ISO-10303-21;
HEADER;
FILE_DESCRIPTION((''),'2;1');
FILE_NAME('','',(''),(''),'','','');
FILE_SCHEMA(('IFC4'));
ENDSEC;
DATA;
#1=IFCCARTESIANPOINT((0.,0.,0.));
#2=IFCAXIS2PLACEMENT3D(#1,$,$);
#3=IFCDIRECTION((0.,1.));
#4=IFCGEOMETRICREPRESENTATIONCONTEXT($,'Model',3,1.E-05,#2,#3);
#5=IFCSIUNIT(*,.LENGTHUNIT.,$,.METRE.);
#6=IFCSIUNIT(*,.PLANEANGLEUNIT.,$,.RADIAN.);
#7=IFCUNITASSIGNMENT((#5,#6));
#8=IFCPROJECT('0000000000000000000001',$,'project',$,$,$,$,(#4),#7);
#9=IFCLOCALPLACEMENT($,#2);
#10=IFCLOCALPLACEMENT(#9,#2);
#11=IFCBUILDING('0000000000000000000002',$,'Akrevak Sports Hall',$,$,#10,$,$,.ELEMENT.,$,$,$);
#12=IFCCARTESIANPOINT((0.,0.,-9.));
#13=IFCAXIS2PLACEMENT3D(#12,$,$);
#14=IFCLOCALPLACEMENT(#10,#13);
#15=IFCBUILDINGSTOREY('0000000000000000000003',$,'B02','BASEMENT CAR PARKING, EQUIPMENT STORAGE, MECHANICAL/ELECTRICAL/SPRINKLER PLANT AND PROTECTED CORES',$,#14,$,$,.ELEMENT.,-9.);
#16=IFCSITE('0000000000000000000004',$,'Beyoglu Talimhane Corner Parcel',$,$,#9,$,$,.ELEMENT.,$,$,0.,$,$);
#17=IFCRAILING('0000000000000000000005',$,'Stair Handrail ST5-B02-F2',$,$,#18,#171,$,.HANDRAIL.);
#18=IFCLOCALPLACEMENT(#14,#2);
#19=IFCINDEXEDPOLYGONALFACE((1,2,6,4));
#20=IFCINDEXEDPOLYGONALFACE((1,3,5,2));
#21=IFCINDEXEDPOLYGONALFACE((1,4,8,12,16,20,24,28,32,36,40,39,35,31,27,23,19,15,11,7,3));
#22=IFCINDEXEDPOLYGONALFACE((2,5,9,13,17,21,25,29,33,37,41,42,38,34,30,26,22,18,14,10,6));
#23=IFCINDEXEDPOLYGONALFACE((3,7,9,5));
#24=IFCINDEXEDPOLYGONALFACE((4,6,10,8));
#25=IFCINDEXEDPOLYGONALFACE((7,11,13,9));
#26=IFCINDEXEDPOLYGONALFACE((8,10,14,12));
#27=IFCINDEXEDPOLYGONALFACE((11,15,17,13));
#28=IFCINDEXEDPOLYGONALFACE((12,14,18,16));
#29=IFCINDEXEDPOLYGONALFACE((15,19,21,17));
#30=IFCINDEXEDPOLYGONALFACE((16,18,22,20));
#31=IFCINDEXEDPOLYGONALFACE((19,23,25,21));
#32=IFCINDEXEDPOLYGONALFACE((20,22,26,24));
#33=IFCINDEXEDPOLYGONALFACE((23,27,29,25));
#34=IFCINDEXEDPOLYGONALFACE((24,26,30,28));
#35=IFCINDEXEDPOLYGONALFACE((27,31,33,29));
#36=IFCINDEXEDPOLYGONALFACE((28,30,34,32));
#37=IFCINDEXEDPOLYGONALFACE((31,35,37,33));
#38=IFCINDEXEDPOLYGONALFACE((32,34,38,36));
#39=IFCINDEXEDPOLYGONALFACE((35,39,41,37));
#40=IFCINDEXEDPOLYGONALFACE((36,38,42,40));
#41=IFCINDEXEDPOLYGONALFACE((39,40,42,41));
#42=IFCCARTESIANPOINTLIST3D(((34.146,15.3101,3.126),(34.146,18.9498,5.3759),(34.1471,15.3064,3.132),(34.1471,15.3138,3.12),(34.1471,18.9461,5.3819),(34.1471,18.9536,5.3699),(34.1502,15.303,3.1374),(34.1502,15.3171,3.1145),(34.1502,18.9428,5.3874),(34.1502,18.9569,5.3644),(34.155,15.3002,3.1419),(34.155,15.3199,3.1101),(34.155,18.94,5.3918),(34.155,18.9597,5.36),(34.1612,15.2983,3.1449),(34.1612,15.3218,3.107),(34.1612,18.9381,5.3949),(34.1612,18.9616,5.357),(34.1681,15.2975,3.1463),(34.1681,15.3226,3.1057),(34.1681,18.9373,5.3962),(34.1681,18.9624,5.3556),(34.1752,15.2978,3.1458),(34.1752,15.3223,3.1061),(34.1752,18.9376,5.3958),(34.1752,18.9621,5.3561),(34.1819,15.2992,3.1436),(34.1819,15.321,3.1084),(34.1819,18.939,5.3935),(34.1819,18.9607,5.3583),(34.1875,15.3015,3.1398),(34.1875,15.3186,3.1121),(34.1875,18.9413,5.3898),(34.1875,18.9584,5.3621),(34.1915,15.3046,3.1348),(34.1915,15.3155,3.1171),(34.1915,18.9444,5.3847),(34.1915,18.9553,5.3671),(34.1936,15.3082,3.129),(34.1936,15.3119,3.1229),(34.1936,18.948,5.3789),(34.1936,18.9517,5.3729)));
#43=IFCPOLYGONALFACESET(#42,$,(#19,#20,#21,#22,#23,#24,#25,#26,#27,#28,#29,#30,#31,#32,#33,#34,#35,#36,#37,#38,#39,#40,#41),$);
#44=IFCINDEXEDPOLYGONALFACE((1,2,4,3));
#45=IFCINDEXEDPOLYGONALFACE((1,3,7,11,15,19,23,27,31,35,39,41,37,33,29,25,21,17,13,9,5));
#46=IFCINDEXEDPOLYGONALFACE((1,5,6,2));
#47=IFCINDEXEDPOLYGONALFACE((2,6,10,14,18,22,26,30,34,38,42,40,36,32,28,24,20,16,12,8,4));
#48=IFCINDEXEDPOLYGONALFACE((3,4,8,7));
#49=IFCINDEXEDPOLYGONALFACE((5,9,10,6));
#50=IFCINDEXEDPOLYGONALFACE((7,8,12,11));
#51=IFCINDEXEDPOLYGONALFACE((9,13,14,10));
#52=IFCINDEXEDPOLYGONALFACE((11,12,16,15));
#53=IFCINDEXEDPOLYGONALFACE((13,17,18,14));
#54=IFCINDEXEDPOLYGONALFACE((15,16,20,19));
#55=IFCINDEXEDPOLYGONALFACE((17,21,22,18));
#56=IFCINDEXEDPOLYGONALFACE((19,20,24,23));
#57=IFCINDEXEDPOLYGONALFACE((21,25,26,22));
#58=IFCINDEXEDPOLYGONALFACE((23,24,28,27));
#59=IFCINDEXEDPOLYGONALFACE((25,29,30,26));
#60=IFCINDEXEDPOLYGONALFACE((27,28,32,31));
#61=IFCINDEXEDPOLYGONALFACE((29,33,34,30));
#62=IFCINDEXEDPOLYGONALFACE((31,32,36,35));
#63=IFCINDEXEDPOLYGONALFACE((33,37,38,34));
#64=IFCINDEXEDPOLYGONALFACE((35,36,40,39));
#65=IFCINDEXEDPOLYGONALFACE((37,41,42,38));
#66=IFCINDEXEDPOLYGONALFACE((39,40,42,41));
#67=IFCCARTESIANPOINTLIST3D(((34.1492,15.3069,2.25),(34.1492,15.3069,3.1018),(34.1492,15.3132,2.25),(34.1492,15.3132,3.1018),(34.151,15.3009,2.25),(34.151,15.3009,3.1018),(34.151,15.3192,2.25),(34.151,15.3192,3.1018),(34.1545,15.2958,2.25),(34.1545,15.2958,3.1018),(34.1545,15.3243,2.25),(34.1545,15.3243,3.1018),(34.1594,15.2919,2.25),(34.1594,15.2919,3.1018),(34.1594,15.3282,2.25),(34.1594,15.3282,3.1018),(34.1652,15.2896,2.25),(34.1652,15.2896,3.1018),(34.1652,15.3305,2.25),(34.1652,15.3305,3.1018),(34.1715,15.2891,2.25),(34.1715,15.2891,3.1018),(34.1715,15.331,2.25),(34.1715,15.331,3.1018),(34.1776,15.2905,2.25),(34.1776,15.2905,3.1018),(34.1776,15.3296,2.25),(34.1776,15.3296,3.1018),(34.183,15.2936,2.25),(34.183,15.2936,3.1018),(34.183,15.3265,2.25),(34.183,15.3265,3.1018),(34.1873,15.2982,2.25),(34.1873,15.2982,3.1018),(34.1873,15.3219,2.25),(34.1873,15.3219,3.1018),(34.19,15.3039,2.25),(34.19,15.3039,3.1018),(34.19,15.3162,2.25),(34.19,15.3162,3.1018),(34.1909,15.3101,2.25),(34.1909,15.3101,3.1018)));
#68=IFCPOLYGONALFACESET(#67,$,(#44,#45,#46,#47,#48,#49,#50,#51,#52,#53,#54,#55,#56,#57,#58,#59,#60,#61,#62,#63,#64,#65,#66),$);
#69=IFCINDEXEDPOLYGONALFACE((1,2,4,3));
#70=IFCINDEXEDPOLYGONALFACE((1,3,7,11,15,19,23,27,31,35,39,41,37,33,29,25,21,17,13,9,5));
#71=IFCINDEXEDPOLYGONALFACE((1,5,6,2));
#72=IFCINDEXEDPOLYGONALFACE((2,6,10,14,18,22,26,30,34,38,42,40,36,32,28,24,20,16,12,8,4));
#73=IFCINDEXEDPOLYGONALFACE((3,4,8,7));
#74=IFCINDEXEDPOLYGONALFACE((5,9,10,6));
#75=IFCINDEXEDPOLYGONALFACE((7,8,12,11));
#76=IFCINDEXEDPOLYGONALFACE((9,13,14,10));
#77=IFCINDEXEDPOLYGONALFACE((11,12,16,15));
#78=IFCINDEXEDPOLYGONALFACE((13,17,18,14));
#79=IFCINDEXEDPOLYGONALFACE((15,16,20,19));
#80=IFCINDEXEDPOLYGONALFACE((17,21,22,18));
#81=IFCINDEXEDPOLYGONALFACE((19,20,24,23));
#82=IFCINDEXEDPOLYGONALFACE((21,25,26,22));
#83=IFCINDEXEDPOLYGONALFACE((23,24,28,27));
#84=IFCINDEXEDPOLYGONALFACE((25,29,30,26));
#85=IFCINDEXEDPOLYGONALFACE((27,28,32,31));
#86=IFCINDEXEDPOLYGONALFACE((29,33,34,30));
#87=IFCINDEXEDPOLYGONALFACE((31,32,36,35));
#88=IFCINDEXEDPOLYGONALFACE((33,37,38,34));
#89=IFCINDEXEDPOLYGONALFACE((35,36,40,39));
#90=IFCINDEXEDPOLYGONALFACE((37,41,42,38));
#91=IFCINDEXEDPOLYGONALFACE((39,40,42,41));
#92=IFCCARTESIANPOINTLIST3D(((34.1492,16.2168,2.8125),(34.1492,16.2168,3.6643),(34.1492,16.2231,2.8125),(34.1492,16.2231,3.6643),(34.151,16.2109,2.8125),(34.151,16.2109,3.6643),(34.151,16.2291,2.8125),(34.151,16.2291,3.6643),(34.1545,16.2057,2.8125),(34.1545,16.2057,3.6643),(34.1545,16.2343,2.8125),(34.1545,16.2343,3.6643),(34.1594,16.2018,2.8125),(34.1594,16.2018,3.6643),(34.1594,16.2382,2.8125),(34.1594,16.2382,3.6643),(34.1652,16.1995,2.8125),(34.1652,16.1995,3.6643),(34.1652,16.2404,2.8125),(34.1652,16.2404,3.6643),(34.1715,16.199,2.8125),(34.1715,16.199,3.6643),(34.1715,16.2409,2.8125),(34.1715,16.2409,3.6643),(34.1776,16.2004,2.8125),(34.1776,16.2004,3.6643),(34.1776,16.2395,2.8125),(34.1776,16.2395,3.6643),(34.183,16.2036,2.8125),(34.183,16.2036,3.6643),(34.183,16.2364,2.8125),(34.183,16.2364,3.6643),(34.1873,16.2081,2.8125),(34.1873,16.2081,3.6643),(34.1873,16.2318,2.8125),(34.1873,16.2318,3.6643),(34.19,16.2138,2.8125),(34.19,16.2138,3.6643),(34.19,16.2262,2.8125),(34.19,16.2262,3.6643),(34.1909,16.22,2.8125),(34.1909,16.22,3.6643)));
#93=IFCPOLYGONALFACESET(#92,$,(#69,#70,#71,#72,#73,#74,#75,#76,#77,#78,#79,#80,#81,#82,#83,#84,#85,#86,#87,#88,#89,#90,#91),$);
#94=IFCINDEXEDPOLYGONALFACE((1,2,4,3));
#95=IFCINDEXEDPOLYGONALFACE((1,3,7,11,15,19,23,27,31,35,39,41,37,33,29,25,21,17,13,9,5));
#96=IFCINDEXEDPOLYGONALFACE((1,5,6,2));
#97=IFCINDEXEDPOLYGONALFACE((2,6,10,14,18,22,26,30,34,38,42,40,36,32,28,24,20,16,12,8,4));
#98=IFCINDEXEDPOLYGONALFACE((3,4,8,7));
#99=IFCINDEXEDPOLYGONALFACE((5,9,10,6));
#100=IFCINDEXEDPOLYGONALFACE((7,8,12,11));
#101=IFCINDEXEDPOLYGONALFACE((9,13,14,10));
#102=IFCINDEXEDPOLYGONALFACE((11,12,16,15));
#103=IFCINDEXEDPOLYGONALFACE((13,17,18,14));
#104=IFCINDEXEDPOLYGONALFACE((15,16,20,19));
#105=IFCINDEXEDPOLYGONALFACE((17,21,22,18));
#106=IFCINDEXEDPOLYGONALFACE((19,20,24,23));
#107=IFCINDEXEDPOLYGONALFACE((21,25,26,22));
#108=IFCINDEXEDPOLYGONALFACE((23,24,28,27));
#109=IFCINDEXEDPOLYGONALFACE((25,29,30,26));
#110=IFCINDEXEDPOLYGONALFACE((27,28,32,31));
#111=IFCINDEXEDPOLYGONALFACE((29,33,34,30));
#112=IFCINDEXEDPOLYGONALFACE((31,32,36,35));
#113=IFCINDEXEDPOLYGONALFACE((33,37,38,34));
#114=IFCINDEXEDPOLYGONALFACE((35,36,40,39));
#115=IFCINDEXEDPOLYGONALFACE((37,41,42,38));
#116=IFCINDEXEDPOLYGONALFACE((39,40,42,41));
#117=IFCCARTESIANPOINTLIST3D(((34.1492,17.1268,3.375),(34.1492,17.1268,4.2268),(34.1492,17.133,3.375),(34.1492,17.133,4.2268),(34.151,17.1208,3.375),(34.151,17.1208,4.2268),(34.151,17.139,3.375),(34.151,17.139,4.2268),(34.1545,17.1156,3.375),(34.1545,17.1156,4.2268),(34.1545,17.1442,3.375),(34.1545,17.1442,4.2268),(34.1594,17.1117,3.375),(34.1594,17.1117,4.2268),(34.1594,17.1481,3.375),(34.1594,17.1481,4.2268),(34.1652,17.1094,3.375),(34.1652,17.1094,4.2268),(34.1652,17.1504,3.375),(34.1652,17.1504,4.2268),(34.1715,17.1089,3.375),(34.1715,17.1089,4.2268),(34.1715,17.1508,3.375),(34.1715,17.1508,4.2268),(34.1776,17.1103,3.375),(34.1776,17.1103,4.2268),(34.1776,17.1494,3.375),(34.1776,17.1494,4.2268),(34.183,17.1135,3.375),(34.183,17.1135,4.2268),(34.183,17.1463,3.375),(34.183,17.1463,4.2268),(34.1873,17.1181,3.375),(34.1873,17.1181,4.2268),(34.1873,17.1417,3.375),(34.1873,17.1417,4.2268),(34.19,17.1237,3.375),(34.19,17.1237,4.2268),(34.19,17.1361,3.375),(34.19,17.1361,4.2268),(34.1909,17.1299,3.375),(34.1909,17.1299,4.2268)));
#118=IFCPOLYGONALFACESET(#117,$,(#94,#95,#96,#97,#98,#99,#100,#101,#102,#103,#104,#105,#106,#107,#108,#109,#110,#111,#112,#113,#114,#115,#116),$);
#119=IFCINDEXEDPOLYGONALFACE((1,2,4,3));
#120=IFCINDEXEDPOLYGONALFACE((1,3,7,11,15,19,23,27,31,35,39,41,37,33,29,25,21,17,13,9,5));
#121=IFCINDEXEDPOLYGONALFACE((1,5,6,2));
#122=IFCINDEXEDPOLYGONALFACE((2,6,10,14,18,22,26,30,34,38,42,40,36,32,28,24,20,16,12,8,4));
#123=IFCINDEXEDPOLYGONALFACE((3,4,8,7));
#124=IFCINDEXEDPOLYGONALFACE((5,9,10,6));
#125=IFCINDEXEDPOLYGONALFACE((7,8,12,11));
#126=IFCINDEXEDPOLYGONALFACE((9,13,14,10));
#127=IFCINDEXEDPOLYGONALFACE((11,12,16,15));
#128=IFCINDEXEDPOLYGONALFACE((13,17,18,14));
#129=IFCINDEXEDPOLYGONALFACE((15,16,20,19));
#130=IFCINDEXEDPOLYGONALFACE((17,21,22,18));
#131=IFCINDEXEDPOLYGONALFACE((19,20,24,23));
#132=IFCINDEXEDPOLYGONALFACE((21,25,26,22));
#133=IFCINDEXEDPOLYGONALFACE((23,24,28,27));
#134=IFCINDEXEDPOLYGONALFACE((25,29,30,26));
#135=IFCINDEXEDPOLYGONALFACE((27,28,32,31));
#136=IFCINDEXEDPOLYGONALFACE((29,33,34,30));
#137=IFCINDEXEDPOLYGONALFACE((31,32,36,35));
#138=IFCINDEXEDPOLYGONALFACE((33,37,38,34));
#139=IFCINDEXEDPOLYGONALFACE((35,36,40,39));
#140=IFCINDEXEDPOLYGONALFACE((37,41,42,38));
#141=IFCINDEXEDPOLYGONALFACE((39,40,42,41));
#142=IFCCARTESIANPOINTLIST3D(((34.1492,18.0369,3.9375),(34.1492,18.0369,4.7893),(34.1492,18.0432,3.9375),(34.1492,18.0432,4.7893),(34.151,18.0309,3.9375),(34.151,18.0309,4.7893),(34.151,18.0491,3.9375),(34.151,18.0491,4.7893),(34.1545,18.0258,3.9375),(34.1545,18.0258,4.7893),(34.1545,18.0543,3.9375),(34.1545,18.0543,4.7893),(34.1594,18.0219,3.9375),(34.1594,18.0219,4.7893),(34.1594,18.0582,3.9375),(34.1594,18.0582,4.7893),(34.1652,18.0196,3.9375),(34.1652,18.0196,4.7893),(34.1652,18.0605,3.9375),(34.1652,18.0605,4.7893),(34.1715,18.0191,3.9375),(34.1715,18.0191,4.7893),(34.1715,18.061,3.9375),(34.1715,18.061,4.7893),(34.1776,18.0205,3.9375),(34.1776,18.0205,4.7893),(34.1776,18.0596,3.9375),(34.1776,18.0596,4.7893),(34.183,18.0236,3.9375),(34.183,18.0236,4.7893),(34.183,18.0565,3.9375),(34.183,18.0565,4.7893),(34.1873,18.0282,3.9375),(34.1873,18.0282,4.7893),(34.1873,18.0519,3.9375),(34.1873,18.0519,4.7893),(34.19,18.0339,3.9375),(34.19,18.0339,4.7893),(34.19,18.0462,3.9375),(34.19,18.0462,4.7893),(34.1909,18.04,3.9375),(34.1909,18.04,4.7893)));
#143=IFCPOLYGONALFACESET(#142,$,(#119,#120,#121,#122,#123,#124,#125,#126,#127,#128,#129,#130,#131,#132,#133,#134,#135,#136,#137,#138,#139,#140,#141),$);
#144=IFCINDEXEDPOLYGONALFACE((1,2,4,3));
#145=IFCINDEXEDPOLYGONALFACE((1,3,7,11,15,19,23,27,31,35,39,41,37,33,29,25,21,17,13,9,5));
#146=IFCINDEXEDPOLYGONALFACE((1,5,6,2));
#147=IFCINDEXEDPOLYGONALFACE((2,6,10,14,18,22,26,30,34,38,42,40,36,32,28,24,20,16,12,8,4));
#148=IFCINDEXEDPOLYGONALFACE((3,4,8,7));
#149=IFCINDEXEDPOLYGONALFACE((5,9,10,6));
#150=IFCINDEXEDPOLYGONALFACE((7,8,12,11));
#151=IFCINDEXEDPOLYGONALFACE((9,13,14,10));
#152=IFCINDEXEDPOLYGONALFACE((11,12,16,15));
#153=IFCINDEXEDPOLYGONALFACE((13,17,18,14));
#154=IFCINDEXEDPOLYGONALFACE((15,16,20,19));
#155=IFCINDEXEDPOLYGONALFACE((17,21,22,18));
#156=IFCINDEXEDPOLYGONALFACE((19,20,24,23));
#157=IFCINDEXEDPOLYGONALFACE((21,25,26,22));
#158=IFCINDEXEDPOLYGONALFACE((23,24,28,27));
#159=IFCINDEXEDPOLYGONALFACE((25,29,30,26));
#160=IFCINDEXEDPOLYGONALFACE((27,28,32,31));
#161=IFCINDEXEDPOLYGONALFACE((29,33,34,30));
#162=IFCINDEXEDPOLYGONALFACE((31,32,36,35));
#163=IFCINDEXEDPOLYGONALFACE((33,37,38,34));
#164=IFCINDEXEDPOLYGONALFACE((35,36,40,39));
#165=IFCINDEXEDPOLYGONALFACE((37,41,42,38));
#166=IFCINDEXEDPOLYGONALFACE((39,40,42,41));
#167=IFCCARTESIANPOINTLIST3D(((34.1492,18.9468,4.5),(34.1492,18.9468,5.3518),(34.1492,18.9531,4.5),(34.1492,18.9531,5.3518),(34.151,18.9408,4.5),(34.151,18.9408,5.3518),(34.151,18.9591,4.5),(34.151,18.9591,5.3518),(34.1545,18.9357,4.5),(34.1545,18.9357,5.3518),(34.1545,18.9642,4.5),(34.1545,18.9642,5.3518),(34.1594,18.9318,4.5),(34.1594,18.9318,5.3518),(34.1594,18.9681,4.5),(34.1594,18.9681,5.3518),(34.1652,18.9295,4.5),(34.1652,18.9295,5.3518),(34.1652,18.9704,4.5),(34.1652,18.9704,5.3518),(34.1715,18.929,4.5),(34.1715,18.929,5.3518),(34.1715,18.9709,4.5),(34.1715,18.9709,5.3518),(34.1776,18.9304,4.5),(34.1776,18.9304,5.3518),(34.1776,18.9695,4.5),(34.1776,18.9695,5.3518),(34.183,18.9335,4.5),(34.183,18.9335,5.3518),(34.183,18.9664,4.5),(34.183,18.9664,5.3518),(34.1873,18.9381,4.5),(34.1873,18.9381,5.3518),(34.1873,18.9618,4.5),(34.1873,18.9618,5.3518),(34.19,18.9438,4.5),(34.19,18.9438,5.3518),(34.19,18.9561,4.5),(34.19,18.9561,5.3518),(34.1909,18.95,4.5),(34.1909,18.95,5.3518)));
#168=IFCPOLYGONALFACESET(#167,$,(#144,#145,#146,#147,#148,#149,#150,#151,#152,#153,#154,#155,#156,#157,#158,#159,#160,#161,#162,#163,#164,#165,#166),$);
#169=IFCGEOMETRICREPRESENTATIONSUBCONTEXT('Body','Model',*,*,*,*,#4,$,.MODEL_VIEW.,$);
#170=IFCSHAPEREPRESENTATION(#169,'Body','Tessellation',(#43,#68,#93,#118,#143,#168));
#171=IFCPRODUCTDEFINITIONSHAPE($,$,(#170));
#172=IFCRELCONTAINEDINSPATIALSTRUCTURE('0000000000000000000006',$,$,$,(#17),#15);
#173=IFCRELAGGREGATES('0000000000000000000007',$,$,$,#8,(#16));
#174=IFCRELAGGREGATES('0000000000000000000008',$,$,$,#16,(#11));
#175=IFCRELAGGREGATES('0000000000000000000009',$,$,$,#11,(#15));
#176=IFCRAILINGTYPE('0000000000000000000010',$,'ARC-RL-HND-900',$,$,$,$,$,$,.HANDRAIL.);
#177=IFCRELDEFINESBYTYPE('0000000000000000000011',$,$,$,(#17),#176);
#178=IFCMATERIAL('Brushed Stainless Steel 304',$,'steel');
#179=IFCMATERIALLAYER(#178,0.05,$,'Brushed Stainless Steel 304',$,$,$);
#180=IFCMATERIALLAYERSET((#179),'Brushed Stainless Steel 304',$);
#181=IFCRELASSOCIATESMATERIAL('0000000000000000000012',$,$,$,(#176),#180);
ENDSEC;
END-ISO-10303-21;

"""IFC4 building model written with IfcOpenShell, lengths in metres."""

from ifc_helpers import new_model, si_unit, direction, frame, origin, origin_2d, place, context, subcontext, project, spatial, circle, extrude, material, layer, layer_set, type_object, element, save


model = new_model("IFC4")

# Units and contexts
model_context = context("Model", 3, precision=1e-05, world=origin(), true_north=direction((0.0, 1.0)))
body_context = subcontext(model_context, "Body", "Model", "MODEL_VIEW")
ifc_project = project(units=[si_unit("LENGTHUNIT", "METRE"), si_unit("PLANEANGLEUNIT", "RADIAN")], contexts=[model_context])

# Site, building, storey
site_placement = place(None, origin())
site = spatial("IfcSite", under=ifc_project, at=site_placement, Name="Beyoglu Talimhane Corner Parcel", CompositionType="ELEMENT", RefElevation=0.0)
building_placement = place(site_placement, origin())
building = spatial("IfcBuilding", under=site, at=building_placement, Name="Akrevak Sports Hall", CompositionType="ELEMENT")
storey_placement = place(building_placement, frame((0.0, 0.0, -9.0)))
storey = spatial("IfcBuildingStorey", under=building, at=storey_placement, Name="B02", Description="BASEMENT CAR PARKING, EQUIPMENT STORAGE, MECHANICAL/ELECTRICAL/SPRINKLER PLANT AND PROTECTED CORES", CompositionType="ELEMENT", Elevation=-9.0)

# Railing
ifc_material_1 = material(Name="Brushed Stainless Steel 304", Category="steel")
ifc_layer_1 = layer(ifc_material_1, 0.05, Name="Brushed Stainless Steel 304")
ifc_layer_set_1 = layer_set([ifc_layer_1], Name="Brushed Stainless Steel 304")
railing_type = type_object("IfcRailingType", Name="ARC-RL-HND-900", PredefinedType="HANDRAIL", material=ifc_layer_set_1)
railing_placement = place(storey_placement, frame((34.1699, 15.3101, 2.25)))
element("IfcRailing", 1, at=railing_placement, inside=storey, type_object=railing_type, Name="Stair Handrail ST5-B02-F2", PredefinedType="HANDRAIL", context=body_context, shape_type="SweptSolid", body=[
    extrude(circle(Radius=0.0239, at=origin_2d()), frame((0.0, 0.0, 0.876), z_axis=(0.0, 0.850607, 0.525803), x_axis=(-1.0, 0.0, 0.0)), (0.0, 0.0, 1.0), 4.2791),
    extrude(circle(Radius=0.021, at=origin_2d()), origin(), (0.0, 0.0, 1.0), 0.8518),
    extrude(circle(Radius=0.021, at=origin_2d()), frame((0.0, 0.9099, 0.5625)), (0.0, 0.0, 1.0), 0.8518),
    extrude(circle(Radius=0.021, at=origin_2d()), frame((0.0, 1.8198, 1.125)), (0.0, 0.0, 1.0), 0.8518),
    extrude(circle(Radius=0.021, at=origin_2d()), frame((0.0, 2.73, 1.6875)), (0.0, 0.0, 1.0), 0.8518),
    extrude(circle(Radius=0.021, at=origin_2d()), frame((0.0, 3.6399, 2.25)), (0.0, 0.0, 1.0), 0.8518),
])

save(model, "model.ifc")
